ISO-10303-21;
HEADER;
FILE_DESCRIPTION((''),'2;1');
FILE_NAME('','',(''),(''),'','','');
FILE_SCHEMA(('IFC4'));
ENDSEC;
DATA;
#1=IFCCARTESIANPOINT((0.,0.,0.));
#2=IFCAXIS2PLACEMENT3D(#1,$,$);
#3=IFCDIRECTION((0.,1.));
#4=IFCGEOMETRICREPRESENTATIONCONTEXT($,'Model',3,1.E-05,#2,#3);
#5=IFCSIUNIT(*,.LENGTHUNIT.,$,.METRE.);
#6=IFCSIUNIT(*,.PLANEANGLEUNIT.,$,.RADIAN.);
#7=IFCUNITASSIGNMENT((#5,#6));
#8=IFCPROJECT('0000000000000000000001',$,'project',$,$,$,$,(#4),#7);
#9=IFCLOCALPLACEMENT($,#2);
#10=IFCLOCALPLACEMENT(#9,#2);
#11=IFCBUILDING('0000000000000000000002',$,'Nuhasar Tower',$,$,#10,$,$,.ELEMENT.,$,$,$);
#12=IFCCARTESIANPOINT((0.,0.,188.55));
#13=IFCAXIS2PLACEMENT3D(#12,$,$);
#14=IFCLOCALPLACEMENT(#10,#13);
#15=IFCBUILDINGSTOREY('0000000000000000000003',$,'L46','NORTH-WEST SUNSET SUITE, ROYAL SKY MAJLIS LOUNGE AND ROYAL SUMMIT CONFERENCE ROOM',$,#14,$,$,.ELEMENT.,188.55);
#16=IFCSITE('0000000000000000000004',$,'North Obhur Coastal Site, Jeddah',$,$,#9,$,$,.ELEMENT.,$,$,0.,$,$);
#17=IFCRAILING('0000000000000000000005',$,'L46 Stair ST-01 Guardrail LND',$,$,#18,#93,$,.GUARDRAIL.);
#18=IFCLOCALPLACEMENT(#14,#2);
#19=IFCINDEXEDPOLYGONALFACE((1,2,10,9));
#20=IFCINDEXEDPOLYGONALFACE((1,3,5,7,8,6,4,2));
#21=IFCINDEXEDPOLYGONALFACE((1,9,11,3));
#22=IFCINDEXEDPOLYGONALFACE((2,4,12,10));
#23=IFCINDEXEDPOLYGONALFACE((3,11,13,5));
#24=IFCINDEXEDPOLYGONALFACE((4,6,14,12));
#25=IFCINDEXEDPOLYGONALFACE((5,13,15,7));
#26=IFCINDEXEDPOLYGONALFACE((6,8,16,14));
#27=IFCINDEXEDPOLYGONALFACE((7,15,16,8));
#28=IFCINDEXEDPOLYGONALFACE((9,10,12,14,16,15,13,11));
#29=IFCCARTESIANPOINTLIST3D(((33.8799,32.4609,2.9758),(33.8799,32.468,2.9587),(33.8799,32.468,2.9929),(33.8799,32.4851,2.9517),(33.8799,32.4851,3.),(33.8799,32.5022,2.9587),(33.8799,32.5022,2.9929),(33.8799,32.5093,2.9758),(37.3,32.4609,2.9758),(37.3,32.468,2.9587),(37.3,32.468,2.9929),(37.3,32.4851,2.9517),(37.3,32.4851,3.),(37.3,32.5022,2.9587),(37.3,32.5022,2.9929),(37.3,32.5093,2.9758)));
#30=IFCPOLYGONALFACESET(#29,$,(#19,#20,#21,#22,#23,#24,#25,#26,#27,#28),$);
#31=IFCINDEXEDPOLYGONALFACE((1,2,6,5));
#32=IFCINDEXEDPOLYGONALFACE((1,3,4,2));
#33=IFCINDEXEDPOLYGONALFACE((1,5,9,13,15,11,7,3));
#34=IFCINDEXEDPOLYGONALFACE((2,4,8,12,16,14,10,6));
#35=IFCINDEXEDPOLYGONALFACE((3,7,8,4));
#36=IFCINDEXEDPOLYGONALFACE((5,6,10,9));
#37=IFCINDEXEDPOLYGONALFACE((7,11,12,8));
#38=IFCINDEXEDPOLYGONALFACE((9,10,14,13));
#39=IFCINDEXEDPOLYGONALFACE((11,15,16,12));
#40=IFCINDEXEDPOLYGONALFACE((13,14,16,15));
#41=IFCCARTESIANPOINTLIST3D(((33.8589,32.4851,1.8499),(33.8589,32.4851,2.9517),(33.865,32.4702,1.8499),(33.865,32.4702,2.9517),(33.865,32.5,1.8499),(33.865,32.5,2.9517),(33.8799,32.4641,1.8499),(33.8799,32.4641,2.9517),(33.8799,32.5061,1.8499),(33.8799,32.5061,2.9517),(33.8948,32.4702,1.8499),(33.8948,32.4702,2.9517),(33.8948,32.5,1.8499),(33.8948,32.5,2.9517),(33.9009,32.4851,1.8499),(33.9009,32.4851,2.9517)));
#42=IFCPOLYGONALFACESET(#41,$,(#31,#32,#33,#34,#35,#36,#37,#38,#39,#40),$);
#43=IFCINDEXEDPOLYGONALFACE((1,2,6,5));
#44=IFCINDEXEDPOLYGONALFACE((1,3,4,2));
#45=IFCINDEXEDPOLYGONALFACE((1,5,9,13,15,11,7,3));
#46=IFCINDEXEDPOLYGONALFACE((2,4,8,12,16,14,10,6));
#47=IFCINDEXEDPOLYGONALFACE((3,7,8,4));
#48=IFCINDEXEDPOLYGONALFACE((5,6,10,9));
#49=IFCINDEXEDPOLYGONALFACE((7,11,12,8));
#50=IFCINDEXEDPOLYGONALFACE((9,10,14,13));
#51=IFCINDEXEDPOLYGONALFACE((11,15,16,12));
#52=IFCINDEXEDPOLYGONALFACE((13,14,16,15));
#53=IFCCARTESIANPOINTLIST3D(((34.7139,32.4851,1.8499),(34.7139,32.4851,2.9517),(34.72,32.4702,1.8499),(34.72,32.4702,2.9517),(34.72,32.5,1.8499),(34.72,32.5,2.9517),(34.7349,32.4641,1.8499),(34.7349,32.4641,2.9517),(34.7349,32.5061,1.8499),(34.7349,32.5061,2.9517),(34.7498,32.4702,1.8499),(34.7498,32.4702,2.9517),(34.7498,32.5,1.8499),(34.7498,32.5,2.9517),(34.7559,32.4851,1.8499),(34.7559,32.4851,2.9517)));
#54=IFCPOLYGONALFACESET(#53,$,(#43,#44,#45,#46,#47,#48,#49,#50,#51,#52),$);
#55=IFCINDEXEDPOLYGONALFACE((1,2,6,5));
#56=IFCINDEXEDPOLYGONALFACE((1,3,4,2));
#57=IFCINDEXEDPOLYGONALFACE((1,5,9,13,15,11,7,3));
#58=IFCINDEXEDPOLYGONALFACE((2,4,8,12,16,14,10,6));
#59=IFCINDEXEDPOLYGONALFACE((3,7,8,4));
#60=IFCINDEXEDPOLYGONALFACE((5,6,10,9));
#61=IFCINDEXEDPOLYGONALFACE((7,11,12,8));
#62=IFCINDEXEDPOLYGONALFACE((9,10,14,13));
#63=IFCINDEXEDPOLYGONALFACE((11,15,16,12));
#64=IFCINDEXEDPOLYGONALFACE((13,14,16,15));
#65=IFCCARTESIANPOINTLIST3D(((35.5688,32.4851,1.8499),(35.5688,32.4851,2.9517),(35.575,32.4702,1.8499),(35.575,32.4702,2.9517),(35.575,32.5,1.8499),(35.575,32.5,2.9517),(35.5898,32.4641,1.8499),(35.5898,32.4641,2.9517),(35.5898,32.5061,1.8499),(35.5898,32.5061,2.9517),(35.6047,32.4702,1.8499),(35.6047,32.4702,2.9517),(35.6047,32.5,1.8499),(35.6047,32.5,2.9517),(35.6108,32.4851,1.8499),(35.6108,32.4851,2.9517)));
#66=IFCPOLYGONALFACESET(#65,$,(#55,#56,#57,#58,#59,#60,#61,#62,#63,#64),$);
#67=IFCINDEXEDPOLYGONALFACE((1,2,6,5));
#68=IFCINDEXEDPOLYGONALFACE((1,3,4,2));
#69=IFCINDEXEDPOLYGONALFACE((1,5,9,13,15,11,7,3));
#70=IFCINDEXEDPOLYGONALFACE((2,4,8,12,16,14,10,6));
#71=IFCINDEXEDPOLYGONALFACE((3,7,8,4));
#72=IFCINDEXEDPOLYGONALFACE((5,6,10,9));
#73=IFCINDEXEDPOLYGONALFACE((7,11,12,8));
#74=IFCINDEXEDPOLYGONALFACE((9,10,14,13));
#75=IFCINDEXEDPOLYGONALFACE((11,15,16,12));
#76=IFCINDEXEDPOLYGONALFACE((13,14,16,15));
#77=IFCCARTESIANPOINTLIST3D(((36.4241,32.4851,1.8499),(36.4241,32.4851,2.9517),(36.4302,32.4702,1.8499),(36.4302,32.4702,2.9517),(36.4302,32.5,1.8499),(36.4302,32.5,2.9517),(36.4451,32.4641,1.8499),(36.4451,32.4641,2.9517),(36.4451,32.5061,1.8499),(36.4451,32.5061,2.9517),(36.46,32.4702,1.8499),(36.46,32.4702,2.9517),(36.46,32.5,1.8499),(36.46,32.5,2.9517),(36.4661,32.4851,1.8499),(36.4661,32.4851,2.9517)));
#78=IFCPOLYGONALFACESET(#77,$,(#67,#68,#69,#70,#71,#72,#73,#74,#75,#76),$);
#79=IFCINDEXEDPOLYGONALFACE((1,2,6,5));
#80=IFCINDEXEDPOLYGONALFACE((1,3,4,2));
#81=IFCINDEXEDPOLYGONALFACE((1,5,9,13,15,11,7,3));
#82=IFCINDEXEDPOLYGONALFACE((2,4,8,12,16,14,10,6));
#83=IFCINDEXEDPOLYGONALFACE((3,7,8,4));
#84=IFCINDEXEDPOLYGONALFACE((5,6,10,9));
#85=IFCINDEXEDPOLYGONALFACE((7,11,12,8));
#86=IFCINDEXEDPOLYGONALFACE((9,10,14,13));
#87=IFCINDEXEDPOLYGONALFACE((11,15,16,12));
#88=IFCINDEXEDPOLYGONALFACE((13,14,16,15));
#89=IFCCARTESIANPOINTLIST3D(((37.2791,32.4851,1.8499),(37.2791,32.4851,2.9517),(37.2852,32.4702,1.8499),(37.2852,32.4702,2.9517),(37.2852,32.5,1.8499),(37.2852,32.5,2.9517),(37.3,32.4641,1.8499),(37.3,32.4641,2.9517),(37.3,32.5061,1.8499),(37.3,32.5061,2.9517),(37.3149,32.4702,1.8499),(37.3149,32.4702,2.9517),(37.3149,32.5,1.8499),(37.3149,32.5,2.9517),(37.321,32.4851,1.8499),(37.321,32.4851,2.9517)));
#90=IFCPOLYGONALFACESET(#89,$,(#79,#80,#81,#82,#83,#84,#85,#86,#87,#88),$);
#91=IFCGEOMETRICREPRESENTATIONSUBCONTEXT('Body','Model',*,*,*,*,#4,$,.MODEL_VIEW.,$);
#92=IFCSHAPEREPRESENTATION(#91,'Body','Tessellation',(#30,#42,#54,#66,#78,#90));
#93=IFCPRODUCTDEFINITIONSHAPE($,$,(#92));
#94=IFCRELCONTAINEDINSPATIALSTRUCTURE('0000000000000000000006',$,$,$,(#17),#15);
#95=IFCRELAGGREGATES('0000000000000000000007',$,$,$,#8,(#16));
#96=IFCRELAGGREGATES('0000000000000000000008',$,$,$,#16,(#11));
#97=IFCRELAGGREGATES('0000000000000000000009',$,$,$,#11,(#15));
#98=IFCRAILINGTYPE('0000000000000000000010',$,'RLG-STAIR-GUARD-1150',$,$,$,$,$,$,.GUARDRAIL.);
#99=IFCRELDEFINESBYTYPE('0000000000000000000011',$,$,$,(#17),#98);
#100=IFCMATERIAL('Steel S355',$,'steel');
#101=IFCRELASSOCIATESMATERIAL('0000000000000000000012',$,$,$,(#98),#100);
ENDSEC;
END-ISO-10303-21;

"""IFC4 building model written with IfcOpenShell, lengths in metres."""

from ifc_helpers import new_model, si_unit, direction, frame, origin, place, context, subcontext, project, spatial, polyline, outline, extrude, material, type_object, element, save


model = new_model("IFC4")

# Units and contexts
model_context = context("Model", 3, precision=1e-05, world=origin(), true_north=direction((0.0, 1.0)))
body_context = subcontext(model_context, "Body", "Model", "MODEL_VIEW")
ifc_project = project(units=[si_unit("LENGTHUNIT", "METRE"), si_unit("PLANEANGLEUNIT", "RADIAN")], contexts=[model_context])

# Site, building, storey
site_placement = place(None, origin())
site = spatial("IfcSite", under=ifc_project, at=site_placement, Name="North Obhur Coastal Site, Jeddah", CompositionType="ELEMENT", RefElevation=0.0)
building_placement = place(site_placement, origin())
building = spatial("IfcBuilding", under=site, at=building_placement, Name="Nuhasar Tower", CompositionType="ELEMENT")
storey_placement = place(building_placement, frame((0.0, 0.0, 188.55)))
storey = spatial("IfcBuildingStorey", under=building, at=storey_placement, Name="L46", Description="NORTH-WEST SUNSET SUITE, ROYAL SKY MAJLIS LOUNGE AND ROYAL SUMMIT CONFERENCE ROOM", CompositionType="ELEMENT", Elevation=188.55)

# Shared definitions
ifc_material_1 = material(Name="Steel S355", Category="steel")

# Railing
railing_type_1 = type_object("IfcRailingType", Name="RLG-STAIR-GUARD-1150", PredefinedType="GUARDRAIL", material=ifc_material_1)
railing_1_placement = place(storey_placement, frame((33.8799, 32.4851, 1.8499)))
element("IfcRailing", 1, at=railing_1_placement, inside=storey, type_object=railing_type_1, Name="L46 Stair ST-01 Guardrail LND", PredefinedType="GUARDRAIL", context=body_context, shape_type="SweptSolid", body=[
    extrude(outline(polyline([(0.0242, 0.0), (0.0171, 0.0171), (0.0, 0.0242), (-0.0171, 0.0171), (-0.0242, 0.0), (-0.0171, -0.0171), (0.0, -0.0242), (0.0171, -0.0171), (0.0242, 0.0)])), frame((0.0, 0.0, 1.126), z_axis=(1.0, 0.0, 0.0), x_axis=(0.0, 1.0, 0.0)), (0.0, 0.0, 1.0), 3.4202),
    extrude(outline(polyline([(0.021, 0.0), (0.0149, 0.0149), (0.0, 0.021), (-0.0149, 0.0149), (-0.021, 0.0), (-0.0149, -0.0149), (0.0, -0.021), (0.0149, -0.0149), (0.021, 0.0)])), origin(), (0.0, 0.0, 1.0), 1.1018),
    extrude(outline(polyline([(0.021, 0.0), (0.0149, 0.0149), (0.0, 0.021), (-0.0149, 0.0149), (-0.021, 0.0), (-0.0149, -0.0149), (0.0, -0.021), (0.0149, -0.0149), (0.021, 0.0)])), frame((0.855, 0.0, 0.0)), (0.0, 0.0, 1.0), 1.1018),
    extrude(outline(polyline([(0.021, 0.0), (0.0149, 0.0149), (0.0, 0.021), (-0.0149, 0.0149), (-0.021, 0.0), (-0.0149, -0.0149), (0.0, -0.021), (0.0149, -0.0149), (0.021, 0.0)])), frame((1.71, 0.0, 0.0)), (0.0, 0.0, 1.0), 1.1018),
    extrude(outline(polyline([(0.021, 0.0), (0.0149, 0.0149), (0.0, 0.021), (-0.0149, 0.0149), (-0.021, 0.0), (-0.0149, -0.0149), (0.0, -0.021), (0.0149, -0.0149), (0.021, 0.0)])), frame((2.5652, 0.0, 0.0)), (0.0, 0.0, 1.0), 1.1018),
    extrude(outline(polyline([(0.021, 0.0), (0.0149, 0.0149), (0.0, 0.021), (-0.0149, 0.0149), (-0.021, 0.0), (-0.0149, -0.0149), (0.0, -0.021), (0.0149, -0.0149), (0.021, 0.0)])), frame((3.4202, 0.0, 0.0)), (0.0, 0.0, 1.0), 1.1018),
])

save(model, "model.ifc")
